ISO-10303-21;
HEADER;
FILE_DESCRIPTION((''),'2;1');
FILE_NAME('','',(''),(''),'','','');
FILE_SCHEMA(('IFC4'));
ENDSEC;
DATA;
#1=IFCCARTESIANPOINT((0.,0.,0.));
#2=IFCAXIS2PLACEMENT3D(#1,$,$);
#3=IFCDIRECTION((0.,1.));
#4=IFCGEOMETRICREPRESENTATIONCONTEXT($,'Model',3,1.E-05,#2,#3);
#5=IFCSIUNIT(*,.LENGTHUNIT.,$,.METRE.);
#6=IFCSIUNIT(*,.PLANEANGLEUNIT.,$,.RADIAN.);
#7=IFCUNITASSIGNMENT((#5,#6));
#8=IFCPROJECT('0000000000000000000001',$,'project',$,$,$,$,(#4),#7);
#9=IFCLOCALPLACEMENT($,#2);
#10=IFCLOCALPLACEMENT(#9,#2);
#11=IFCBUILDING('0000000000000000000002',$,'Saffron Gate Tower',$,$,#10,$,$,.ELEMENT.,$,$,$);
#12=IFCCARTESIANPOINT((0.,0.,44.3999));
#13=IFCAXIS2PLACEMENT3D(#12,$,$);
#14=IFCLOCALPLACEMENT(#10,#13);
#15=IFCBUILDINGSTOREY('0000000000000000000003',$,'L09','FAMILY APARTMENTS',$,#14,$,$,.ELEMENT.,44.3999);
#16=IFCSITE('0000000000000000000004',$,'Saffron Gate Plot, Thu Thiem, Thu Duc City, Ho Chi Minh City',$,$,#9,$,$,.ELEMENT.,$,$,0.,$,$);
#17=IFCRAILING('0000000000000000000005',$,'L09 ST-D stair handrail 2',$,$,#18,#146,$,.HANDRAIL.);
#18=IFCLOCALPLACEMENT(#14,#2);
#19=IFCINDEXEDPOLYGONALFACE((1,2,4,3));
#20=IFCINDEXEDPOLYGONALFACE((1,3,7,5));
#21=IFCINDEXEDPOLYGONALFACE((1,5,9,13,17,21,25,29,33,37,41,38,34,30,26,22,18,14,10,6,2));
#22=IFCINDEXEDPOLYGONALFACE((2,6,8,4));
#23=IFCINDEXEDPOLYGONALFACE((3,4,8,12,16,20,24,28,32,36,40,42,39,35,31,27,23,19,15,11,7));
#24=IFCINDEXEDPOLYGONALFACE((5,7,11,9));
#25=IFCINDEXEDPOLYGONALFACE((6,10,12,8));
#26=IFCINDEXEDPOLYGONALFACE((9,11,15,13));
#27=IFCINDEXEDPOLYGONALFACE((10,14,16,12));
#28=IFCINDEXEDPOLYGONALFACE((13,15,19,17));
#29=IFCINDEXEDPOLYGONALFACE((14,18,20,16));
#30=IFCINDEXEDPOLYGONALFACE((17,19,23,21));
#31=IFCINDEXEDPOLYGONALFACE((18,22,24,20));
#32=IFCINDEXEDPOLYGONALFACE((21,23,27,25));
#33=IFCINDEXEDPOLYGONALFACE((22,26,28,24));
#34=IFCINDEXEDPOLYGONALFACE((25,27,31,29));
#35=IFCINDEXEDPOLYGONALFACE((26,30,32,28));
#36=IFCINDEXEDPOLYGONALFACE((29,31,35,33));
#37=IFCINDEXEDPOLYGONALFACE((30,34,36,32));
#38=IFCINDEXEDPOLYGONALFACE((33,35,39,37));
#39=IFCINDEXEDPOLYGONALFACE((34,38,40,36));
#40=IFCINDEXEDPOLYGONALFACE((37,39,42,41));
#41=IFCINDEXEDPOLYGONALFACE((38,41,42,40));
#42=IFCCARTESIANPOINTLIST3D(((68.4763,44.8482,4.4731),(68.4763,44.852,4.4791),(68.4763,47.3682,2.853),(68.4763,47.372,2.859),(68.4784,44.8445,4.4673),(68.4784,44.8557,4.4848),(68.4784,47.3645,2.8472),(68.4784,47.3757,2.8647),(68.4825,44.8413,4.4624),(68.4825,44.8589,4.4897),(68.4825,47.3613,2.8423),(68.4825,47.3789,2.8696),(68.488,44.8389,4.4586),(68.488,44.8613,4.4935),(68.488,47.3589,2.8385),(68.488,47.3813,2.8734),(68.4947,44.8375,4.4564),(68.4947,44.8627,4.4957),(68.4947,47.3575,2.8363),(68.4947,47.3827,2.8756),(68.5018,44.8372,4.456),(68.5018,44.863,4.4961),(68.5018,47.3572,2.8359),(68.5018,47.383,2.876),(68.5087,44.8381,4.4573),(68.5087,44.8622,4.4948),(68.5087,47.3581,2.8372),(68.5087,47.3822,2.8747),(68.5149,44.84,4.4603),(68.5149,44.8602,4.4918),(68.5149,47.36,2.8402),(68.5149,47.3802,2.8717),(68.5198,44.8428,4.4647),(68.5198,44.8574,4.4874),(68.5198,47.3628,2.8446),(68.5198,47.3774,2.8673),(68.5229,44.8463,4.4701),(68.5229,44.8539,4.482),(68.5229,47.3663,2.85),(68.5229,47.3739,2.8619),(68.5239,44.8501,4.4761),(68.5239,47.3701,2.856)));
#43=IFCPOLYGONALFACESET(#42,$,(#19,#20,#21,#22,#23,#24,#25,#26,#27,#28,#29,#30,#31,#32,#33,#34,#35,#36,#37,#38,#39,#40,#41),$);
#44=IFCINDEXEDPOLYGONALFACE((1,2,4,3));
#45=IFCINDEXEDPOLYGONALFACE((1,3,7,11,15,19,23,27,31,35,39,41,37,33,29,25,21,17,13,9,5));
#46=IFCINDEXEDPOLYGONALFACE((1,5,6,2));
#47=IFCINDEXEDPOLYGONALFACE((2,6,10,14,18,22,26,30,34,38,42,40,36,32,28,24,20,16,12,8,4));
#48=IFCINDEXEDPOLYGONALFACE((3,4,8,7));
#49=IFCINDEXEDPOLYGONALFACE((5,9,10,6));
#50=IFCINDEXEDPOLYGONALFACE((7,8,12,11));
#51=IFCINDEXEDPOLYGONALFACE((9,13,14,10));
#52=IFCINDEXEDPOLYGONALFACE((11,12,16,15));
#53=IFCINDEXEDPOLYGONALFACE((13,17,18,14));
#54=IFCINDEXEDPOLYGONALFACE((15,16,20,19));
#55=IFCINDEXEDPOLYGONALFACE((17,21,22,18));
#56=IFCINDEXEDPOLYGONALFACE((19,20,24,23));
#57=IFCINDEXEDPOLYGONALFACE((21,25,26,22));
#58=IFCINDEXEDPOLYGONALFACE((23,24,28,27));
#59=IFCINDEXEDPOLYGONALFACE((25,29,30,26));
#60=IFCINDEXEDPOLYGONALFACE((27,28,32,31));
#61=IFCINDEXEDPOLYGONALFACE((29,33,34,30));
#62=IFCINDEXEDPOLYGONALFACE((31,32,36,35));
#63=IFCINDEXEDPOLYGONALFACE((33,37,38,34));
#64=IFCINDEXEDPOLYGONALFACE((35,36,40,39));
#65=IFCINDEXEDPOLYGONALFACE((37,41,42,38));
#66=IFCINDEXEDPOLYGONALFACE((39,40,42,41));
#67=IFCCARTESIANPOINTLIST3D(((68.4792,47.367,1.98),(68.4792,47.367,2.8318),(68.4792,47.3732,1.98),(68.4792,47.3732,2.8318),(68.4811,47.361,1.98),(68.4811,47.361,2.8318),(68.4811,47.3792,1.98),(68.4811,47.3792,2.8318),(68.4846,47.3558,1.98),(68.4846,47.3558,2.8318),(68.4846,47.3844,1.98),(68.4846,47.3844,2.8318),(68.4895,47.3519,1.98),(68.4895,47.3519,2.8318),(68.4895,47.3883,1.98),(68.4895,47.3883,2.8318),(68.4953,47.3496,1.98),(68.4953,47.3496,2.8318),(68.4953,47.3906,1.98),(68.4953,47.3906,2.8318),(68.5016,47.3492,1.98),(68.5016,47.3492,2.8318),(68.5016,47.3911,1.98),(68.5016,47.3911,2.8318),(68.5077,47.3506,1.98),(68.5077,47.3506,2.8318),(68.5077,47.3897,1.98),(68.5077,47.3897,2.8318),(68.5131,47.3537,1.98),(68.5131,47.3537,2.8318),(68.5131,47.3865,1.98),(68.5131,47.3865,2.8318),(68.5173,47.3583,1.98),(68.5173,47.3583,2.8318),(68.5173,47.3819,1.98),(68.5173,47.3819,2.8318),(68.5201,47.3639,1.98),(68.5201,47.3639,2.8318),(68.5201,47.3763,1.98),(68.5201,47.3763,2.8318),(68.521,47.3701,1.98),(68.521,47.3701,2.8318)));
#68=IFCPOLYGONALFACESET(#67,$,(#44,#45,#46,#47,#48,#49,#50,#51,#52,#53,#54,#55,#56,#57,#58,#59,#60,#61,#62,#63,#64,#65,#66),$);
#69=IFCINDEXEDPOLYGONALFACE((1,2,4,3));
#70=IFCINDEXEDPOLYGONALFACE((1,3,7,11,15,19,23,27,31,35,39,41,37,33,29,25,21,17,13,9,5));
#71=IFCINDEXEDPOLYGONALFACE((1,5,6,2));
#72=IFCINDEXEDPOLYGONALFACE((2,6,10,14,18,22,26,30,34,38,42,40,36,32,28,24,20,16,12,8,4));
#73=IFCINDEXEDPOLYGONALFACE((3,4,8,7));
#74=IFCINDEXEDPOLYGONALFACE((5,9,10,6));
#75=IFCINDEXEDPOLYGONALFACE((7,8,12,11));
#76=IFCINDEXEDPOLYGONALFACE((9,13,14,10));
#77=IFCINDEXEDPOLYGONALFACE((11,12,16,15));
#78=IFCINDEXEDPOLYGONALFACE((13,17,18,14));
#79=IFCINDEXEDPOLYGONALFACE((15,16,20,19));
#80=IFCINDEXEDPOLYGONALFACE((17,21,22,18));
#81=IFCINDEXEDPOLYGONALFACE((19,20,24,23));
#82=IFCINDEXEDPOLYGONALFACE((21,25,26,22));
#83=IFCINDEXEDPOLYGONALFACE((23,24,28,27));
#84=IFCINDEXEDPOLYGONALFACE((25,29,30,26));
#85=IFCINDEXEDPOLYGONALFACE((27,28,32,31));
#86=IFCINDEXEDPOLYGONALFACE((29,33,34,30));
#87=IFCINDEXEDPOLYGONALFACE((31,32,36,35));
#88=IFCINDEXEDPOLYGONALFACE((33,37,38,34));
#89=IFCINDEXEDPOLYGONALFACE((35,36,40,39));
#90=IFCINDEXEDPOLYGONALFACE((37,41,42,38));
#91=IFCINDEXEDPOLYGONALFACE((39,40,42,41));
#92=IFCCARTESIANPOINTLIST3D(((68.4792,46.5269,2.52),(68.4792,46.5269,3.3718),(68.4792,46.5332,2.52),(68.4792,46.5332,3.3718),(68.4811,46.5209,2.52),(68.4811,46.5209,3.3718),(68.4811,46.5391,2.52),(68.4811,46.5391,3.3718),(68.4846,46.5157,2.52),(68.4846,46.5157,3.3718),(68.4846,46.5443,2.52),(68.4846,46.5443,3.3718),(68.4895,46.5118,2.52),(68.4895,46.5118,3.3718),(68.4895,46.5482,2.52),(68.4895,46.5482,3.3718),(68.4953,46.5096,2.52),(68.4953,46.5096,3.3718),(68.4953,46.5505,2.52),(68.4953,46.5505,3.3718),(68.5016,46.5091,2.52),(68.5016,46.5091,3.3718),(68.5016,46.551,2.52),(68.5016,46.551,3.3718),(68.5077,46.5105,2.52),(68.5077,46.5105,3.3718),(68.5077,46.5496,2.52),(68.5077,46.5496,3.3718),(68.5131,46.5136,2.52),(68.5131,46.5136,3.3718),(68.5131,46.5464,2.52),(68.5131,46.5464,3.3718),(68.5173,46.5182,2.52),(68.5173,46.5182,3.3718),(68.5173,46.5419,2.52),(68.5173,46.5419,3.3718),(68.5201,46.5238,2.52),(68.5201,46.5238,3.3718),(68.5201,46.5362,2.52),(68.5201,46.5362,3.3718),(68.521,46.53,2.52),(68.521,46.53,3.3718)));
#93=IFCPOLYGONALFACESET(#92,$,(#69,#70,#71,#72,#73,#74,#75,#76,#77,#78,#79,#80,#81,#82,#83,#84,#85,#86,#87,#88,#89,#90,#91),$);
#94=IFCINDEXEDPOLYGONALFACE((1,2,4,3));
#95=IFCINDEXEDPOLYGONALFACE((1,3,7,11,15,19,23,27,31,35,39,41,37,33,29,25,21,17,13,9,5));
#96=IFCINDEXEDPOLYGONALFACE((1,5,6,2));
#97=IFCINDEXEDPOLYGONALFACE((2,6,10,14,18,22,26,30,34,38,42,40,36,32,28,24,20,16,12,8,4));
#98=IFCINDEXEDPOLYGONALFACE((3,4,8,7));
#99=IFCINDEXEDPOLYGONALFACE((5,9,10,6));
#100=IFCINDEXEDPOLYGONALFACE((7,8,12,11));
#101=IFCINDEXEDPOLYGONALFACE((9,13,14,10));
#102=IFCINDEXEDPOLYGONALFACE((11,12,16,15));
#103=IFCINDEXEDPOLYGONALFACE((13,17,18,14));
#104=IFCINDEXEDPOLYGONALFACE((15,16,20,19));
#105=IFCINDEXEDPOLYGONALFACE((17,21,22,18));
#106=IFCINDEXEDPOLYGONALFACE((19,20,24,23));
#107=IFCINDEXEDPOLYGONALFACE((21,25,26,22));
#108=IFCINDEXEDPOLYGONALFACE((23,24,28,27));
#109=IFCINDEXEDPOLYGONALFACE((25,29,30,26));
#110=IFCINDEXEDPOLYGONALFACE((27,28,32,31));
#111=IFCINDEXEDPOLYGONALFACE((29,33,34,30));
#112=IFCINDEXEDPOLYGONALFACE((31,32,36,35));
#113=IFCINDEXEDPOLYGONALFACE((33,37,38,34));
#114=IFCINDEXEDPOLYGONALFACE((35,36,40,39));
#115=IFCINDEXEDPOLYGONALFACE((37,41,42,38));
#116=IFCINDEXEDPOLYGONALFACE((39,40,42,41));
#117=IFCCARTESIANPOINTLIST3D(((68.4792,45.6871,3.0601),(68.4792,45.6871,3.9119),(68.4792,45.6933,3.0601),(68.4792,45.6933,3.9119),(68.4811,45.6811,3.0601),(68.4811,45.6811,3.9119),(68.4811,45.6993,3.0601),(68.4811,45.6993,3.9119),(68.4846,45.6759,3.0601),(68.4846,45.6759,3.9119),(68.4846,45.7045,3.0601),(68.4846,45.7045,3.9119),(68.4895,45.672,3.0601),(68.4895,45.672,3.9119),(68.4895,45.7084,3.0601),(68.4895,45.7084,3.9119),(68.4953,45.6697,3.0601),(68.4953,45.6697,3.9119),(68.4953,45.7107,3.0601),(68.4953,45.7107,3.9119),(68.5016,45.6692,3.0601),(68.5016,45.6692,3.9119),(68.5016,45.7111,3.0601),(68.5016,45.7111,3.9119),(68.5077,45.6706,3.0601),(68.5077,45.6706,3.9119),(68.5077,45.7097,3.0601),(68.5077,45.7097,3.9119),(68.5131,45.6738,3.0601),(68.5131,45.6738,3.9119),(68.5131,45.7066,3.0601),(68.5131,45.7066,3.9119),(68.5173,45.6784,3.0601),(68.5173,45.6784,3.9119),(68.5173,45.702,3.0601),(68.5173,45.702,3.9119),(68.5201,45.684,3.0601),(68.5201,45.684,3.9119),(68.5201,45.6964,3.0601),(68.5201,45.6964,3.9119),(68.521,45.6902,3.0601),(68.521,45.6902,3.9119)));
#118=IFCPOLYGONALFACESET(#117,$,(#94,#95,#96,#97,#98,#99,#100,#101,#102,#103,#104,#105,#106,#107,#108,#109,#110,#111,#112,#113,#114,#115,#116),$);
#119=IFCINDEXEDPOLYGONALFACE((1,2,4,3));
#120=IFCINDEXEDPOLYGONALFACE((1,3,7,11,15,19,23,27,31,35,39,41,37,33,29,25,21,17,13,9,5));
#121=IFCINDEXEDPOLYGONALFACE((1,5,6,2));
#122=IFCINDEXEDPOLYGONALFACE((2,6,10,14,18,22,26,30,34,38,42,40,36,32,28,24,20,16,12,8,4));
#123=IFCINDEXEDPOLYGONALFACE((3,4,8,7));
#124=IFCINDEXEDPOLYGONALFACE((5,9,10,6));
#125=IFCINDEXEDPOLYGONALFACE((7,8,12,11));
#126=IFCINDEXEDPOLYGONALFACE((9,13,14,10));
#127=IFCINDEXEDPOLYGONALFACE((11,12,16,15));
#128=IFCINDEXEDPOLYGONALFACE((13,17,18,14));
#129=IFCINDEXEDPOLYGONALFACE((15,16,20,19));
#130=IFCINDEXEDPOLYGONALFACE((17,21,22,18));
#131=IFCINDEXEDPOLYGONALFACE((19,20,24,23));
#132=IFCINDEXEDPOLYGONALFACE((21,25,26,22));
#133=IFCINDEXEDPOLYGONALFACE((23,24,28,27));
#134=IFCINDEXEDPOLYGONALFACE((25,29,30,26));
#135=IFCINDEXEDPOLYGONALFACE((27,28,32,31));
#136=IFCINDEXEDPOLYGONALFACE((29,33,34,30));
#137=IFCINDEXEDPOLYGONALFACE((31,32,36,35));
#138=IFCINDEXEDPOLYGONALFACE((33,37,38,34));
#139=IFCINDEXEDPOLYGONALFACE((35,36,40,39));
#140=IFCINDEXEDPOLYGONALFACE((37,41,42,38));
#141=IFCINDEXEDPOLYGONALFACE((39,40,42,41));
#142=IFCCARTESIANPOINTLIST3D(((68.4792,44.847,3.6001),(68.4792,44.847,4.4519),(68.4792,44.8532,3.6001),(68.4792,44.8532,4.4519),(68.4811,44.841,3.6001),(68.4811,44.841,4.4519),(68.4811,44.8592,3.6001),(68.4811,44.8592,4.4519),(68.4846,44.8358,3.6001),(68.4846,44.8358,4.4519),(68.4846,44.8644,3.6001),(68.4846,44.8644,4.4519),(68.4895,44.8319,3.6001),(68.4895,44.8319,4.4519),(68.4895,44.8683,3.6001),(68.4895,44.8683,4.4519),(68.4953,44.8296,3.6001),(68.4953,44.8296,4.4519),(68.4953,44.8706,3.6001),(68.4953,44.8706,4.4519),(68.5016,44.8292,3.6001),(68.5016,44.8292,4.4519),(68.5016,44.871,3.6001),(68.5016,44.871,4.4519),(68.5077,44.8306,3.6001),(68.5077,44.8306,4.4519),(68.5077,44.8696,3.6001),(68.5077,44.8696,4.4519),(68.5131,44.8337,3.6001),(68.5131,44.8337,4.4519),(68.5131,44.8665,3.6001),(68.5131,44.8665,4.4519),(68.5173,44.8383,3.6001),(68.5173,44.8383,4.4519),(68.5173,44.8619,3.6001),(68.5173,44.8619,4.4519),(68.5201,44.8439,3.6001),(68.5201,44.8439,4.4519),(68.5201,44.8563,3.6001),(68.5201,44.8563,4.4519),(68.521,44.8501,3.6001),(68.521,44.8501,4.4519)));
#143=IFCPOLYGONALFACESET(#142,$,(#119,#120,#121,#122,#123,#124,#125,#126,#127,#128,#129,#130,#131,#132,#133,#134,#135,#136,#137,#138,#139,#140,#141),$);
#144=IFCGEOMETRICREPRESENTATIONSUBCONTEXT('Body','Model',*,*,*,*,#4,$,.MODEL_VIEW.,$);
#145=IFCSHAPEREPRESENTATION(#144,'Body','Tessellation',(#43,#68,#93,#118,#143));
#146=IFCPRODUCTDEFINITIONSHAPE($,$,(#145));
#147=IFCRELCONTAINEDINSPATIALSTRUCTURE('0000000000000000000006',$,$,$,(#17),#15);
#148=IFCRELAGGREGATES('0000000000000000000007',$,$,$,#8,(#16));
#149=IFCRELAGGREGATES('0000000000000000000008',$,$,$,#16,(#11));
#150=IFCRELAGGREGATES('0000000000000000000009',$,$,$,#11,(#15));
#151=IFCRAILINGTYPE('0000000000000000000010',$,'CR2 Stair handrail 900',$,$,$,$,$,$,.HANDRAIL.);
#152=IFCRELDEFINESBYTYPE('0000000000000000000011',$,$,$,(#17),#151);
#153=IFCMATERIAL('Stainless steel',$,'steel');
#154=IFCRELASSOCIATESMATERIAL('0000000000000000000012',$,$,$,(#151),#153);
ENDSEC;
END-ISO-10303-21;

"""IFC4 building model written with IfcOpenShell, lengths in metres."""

from ifc_helpers import new_model, si_unit, direction, frame, origin, origin_2d, place, context, subcontext, project, spatial, circle, extrude, material, type_object, element, save


model = new_model("IFC4")

# Units and contexts
model_context = context("Model", 3, precision=1e-05, world=origin(), true_north=direction((0.0, 1.0)))
body_context = subcontext(model_context, "Body", "Model", "MODEL_VIEW")
ifc_project = project(units=[si_unit("LENGTHUNIT", "METRE"), si_unit("PLANEANGLEUNIT", "RADIAN")], contexts=[model_context])

# Site, building, storey
site_placement = place(None, origin())
site = spatial("IfcSite", under=ifc_project, at=site_placement, Name="Saffron Gate Plot, Thu Thiem, Thu Duc City, Ho Chi Minh City", CompositionType="ELEMENT", RefElevation=0.0)
building_placement = place(site_placement, origin())
building = spatial("IfcBuilding", under=site, at=building_placement, Name="Saffron Gate Tower", CompositionType="ELEMENT")
storey_placement = place(building_placement, frame((0.0, 0.0, 44.3999)))
storey = spatial("IfcBuildingStorey", under=building, at=storey_placement, Name="L09", Description="FAMILY APARTMENTS", CompositionType="ELEMENT", Elevation=44.3999)

# Railing
ifc_material_1 = material(Name="Stainless steel", Category="steel")
railing_type = type_object("IfcRailingType", Name="CR2 Stair handrail 900", PredefinedType="HANDRAIL", material=ifc_material_1)
railing_1_placement = place(storey_placement, frame((68.5, 47.3701, 1.98)))
element("IfcRailing", 1, at=railing_1_placement, inside=storey, type_object=railing_type, Name="L09 ST-D stair handrail 2", PredefinedType="HANDRAIL", context=body_context, shape_type="SweptSolid", body=[
    extrude(circle(Radius=0.0239, at=origin_2d()), frame((0.0, 0.0, 0.876), z_axis=(0.0, -0.841163, 0.540782), x_axis=(1.0, 0.0, 0.0)), (0.0, 0.0, 1.0), 2.9958),
    extrude(circle(Radius=0.021, at=origin_2d()), origin(), (0.0, 0.0, 1.0), 0.8518),
    extrude(circle(Radius=0.021, at=origin_2d()), frame((0.0, -0.8401, 0.54)), (0.0, 0.0, 1.0), 0.8518),
    extrude(circle(Radius=0.021, at=origin_2d()), frame((0.0, -1.6799, 1.0801)), (0.0, 0.0, 1.0), 0.8518),
    extrude(circle(Radius=0.021, at=origin_2d()), frame((0.0, -2.52, 1.6201)), (0.0, 0.0, 1.0), 0.8518),
])

save(model, "model.ifc")
